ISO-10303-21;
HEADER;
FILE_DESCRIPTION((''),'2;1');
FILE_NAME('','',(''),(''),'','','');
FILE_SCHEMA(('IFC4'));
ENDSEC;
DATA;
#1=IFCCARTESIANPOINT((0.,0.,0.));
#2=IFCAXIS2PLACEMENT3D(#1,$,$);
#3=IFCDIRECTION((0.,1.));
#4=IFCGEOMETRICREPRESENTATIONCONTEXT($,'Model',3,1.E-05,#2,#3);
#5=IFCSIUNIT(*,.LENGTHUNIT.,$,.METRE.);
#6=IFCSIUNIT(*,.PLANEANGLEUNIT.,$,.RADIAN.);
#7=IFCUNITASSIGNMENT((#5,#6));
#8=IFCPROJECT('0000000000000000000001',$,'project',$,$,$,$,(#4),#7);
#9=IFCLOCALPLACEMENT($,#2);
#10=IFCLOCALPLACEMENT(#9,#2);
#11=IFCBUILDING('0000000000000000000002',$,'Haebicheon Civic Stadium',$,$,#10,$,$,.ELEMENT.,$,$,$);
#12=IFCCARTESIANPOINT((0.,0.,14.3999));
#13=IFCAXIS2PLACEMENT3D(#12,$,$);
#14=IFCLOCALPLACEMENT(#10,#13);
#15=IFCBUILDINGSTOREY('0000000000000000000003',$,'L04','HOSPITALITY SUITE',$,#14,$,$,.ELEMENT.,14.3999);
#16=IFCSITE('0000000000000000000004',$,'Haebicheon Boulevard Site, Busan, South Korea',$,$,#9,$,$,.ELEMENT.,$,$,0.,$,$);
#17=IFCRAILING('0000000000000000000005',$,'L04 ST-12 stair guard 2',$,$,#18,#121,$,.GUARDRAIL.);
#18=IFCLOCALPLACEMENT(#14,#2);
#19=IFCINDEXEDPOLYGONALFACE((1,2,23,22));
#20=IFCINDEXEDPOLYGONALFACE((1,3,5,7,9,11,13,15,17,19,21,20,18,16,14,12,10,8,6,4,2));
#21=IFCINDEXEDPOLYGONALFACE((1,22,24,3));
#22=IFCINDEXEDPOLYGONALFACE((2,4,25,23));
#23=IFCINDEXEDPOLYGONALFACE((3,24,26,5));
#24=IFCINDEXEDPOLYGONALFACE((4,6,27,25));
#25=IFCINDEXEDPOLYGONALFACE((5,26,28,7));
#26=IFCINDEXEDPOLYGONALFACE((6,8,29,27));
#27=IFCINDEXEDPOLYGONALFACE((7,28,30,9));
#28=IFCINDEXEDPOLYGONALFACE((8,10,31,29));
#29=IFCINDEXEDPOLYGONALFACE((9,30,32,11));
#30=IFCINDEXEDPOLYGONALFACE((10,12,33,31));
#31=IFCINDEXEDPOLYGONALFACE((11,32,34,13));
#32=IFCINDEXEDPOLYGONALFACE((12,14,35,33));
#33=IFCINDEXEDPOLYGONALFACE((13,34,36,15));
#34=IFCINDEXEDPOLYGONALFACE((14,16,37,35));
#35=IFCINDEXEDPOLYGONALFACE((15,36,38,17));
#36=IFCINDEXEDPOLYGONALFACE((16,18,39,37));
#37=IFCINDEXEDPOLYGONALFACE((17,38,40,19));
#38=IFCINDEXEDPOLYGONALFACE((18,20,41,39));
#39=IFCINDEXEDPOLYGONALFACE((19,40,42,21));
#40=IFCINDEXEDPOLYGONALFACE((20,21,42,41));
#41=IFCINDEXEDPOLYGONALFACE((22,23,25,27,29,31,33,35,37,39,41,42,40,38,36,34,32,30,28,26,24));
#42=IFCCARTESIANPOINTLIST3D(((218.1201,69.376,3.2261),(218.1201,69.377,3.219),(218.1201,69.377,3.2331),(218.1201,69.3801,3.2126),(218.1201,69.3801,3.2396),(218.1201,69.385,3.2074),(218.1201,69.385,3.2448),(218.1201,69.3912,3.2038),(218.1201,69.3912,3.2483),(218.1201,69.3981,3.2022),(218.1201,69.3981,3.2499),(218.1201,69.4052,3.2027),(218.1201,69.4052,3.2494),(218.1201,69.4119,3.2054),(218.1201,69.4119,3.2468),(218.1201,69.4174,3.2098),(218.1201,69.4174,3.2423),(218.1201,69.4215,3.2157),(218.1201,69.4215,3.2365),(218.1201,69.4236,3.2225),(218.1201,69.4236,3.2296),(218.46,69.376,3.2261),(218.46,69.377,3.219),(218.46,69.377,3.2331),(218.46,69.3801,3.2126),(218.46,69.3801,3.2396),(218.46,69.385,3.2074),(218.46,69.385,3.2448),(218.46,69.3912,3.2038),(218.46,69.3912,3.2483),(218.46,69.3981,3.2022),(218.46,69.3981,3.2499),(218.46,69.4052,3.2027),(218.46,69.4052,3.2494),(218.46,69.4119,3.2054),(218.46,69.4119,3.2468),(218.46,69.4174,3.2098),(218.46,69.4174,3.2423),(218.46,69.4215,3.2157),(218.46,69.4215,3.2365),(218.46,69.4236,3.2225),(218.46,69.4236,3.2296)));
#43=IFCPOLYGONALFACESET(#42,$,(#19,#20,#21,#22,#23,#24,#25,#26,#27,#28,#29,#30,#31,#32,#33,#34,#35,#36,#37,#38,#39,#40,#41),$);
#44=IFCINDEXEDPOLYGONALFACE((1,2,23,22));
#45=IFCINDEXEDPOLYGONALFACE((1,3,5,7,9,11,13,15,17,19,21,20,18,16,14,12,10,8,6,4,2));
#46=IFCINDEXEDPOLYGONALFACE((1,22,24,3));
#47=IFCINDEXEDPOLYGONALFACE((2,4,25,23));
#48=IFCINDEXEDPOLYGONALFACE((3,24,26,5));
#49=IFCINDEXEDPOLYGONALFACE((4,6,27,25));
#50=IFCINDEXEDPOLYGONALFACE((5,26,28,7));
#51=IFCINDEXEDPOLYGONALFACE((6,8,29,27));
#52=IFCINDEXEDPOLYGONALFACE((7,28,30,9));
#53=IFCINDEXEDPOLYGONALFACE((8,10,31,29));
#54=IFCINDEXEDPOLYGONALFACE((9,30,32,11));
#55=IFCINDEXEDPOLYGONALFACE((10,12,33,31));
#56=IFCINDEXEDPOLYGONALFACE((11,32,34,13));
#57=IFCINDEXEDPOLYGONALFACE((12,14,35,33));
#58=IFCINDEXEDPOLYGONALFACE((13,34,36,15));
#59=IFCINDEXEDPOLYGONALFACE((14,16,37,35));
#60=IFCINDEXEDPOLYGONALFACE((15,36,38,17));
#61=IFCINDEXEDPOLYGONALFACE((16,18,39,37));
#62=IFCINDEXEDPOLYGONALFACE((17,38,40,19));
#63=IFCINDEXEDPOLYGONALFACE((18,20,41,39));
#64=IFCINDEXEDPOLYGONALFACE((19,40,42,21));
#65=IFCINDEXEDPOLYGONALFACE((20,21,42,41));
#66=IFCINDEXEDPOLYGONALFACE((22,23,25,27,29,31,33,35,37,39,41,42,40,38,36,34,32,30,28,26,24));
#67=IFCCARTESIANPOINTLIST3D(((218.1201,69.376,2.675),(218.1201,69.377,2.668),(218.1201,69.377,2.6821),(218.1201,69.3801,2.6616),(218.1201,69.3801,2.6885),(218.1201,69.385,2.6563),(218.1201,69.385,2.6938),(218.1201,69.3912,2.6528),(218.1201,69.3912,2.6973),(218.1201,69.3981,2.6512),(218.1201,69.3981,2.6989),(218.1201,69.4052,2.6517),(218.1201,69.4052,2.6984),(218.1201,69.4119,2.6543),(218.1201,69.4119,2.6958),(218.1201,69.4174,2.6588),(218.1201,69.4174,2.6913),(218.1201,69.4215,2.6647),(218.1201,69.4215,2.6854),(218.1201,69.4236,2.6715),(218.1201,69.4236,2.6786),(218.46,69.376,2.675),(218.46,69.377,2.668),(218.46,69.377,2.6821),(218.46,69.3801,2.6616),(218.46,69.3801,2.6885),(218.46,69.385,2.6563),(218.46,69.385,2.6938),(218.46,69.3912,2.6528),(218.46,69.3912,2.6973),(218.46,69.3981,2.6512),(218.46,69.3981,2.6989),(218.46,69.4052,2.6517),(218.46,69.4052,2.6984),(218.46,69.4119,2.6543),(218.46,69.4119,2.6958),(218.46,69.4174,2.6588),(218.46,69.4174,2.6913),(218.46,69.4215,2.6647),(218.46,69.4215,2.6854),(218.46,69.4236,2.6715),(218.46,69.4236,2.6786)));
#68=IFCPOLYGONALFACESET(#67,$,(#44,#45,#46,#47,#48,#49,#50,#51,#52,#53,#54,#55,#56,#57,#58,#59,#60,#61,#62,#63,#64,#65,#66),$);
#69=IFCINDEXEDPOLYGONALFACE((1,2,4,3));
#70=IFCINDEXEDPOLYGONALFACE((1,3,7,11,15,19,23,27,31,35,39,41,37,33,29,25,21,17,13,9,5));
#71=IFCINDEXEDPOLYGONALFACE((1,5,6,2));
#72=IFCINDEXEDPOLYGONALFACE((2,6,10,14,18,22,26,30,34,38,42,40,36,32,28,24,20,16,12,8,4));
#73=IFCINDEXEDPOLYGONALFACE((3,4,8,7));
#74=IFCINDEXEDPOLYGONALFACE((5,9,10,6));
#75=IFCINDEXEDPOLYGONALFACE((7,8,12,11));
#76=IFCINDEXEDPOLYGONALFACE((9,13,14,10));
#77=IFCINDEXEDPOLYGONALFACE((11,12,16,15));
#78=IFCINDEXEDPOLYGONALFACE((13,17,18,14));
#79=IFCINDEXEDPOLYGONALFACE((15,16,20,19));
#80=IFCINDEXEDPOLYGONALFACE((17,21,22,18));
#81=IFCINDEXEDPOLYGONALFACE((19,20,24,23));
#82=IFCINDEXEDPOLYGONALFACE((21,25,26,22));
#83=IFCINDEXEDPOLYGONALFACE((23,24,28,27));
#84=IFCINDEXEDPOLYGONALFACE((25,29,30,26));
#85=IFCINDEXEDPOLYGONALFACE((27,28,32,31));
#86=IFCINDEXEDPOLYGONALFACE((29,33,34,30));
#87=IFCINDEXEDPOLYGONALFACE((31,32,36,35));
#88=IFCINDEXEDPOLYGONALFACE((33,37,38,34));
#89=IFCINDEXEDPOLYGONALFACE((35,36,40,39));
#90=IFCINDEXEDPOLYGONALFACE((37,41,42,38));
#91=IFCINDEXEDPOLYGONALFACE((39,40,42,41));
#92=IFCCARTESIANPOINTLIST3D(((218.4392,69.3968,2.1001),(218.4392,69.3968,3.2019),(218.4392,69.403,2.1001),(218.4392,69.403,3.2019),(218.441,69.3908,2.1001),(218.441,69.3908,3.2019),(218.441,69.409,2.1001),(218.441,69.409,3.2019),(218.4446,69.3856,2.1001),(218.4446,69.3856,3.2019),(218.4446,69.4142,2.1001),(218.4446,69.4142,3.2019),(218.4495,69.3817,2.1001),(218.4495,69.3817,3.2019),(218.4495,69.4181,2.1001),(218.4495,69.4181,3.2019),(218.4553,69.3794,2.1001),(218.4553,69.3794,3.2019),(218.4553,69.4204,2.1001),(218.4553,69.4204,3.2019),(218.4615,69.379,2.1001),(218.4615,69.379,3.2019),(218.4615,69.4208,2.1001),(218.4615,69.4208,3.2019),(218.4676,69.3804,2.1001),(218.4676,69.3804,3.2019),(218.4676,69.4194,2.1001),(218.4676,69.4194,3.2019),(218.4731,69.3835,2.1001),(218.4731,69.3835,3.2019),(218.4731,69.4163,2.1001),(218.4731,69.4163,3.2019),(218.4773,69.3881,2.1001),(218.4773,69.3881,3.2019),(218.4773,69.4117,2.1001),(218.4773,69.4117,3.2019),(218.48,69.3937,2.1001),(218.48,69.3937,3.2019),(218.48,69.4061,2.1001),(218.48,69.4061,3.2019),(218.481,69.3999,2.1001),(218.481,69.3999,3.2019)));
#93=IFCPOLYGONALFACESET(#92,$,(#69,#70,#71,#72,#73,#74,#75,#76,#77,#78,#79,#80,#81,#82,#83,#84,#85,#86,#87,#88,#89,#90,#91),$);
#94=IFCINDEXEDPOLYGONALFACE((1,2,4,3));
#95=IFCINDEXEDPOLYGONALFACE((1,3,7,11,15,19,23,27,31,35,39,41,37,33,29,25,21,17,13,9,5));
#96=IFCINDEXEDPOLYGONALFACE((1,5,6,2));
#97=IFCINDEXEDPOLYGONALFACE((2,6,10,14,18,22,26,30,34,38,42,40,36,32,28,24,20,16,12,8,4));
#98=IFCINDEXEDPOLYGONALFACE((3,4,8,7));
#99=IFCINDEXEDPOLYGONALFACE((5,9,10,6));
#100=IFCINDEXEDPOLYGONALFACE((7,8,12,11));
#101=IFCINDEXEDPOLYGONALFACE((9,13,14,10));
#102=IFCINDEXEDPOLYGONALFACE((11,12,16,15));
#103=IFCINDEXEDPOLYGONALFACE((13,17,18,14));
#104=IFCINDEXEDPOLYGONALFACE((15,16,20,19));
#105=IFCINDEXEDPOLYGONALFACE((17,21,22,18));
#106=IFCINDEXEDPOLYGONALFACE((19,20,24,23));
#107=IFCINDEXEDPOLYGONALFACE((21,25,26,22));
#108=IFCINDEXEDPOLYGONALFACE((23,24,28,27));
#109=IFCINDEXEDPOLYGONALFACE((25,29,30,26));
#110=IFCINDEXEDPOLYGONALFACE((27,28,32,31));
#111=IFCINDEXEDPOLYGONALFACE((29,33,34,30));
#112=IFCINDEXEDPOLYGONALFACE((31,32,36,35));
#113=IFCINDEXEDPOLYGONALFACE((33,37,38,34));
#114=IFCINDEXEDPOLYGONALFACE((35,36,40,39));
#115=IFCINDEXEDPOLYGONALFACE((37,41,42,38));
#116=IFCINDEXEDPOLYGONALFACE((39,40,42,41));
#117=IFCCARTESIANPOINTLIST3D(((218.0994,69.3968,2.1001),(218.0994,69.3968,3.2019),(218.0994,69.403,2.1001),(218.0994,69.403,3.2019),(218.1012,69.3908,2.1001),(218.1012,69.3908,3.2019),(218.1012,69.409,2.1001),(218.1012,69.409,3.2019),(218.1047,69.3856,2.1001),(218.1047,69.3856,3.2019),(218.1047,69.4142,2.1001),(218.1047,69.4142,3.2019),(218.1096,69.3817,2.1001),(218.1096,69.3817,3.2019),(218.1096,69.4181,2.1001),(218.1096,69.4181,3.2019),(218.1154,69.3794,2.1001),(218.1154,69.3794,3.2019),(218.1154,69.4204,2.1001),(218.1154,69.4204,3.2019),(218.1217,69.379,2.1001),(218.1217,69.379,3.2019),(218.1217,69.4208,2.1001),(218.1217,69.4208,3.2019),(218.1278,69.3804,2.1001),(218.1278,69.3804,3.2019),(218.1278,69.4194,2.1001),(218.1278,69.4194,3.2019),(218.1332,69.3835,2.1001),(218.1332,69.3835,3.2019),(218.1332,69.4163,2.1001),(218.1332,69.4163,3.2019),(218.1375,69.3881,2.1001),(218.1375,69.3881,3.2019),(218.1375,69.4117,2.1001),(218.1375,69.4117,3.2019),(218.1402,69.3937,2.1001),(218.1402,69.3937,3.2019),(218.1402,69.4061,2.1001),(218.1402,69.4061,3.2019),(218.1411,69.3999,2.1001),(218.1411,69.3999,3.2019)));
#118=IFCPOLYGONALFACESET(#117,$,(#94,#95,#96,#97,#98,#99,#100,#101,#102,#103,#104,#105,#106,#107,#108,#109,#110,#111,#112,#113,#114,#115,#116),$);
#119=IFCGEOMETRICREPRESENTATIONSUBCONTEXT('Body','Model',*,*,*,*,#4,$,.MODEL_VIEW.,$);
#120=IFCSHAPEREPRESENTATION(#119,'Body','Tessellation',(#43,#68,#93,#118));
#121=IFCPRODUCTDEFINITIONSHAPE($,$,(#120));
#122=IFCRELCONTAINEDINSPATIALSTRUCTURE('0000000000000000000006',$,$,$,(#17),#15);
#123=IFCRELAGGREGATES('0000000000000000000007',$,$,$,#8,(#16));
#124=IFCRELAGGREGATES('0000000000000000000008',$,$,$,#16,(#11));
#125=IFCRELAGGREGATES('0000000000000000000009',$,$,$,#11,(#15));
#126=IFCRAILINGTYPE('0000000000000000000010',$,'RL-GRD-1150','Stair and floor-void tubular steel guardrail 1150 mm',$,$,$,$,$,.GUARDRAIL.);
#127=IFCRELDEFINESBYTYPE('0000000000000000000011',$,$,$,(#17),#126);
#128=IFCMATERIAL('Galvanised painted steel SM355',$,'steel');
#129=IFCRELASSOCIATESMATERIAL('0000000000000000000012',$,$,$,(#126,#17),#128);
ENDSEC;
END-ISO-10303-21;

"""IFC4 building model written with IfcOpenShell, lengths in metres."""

from ifc_helpers import new_model, si_unit, direction, frame, origin, origin_2d, place, context, subcontext, project, spatial, circle, extrude, material, type_object, element, save


model = new_model("IFC4")

# Units and contexts
model_context = context("Model", 3, precision=1e-05, world=origin(), true_north=direction((0.0, 1.0)))
body_context = subcontext(model_context, "Body", "Model", "MODEL_VIEW")
ifc_project = project(units=[si_unit("LENGTHUNIT", "METRE"), si_unit("PLANEANGLEUNIT", "RADIAN")], contexts=[model_context])

# Site, building, storey
site_placement = place(None, origin())
site = spatial("IfcSite", under=ifc_project, at=site_placement, Name="Haebicheon Boulevard Site, Busan, South Korea", CompositionType="ELEMENT", RefElevation=0.0)
building_placement = place(site_placement, origin())
building = spatial("IfcBuilding", under=site, at=building_placement, Name="Haebicheon Civic Stadium", CompositionType="ELEMENT")
storey_placement = place(building_placement, frame((0.0, 0.0, 14.3999)))
storey = spatial("IfcBuildingStorey", under=building, at=storey_placement, Name="L04", Description="HOSPITALITY SUITE", CompositionType="ELEMENT", Elevation=14.3999)

# Railing
ifc_material_1 = material(Name="Galvanised painted steel SM355", Category="steel")
railing_type_1 = type_object("IfcRailingType", Name="RL-GRD-1150", Description="Stair and floor-void tubular steel guardrail 1150 mm", PredefinedType="GUARDRAIL", material=ifc_material_1)
railing_1_placement = place(storey_placement, frame((218.46, 69.3999, 2.1001)))
element("IfcRailing", 1, at=railing_1_placement, inside=storey, type_object=railing_type_1, material=ifc_material_1, Name="L04 ST-12 stair guard 2", PredefinedType="GUARDRAIL", context=body_context, shape_type="SweptSolid", body=[
    extrude(circle(Radius=0.0239, at=origin_2d()), frame((0.0, 0.0, 1.126), z_axis=(-1.0, 0.0, 0.0), x_axis=(0.0, -1.0, 0.0)), (0.0, 0.0, 1.0), 0.3398),
    extrude(circle(Radius=0.0239, at=origin_2d()), frame((0.0, 0.0, 0.575), z_axis=(-1.0, 0.0, 0.0), x_axis=(0.0, -1.0, 0.0)), (0.0, 0.0, 1.0), 0.3398),
    extrude(circle(Radius=0.021, at=origin_2d()), origin(), (0.0, 0.0, 1.0), 1.1018),
    extrude(circle(Radius=0.021, at=origin_2d()), frame((-0.3398, 0.0, 0.0)), (0.0, 0.0, 1.0), 1.1018),
])

save(model, "model.ifc")
